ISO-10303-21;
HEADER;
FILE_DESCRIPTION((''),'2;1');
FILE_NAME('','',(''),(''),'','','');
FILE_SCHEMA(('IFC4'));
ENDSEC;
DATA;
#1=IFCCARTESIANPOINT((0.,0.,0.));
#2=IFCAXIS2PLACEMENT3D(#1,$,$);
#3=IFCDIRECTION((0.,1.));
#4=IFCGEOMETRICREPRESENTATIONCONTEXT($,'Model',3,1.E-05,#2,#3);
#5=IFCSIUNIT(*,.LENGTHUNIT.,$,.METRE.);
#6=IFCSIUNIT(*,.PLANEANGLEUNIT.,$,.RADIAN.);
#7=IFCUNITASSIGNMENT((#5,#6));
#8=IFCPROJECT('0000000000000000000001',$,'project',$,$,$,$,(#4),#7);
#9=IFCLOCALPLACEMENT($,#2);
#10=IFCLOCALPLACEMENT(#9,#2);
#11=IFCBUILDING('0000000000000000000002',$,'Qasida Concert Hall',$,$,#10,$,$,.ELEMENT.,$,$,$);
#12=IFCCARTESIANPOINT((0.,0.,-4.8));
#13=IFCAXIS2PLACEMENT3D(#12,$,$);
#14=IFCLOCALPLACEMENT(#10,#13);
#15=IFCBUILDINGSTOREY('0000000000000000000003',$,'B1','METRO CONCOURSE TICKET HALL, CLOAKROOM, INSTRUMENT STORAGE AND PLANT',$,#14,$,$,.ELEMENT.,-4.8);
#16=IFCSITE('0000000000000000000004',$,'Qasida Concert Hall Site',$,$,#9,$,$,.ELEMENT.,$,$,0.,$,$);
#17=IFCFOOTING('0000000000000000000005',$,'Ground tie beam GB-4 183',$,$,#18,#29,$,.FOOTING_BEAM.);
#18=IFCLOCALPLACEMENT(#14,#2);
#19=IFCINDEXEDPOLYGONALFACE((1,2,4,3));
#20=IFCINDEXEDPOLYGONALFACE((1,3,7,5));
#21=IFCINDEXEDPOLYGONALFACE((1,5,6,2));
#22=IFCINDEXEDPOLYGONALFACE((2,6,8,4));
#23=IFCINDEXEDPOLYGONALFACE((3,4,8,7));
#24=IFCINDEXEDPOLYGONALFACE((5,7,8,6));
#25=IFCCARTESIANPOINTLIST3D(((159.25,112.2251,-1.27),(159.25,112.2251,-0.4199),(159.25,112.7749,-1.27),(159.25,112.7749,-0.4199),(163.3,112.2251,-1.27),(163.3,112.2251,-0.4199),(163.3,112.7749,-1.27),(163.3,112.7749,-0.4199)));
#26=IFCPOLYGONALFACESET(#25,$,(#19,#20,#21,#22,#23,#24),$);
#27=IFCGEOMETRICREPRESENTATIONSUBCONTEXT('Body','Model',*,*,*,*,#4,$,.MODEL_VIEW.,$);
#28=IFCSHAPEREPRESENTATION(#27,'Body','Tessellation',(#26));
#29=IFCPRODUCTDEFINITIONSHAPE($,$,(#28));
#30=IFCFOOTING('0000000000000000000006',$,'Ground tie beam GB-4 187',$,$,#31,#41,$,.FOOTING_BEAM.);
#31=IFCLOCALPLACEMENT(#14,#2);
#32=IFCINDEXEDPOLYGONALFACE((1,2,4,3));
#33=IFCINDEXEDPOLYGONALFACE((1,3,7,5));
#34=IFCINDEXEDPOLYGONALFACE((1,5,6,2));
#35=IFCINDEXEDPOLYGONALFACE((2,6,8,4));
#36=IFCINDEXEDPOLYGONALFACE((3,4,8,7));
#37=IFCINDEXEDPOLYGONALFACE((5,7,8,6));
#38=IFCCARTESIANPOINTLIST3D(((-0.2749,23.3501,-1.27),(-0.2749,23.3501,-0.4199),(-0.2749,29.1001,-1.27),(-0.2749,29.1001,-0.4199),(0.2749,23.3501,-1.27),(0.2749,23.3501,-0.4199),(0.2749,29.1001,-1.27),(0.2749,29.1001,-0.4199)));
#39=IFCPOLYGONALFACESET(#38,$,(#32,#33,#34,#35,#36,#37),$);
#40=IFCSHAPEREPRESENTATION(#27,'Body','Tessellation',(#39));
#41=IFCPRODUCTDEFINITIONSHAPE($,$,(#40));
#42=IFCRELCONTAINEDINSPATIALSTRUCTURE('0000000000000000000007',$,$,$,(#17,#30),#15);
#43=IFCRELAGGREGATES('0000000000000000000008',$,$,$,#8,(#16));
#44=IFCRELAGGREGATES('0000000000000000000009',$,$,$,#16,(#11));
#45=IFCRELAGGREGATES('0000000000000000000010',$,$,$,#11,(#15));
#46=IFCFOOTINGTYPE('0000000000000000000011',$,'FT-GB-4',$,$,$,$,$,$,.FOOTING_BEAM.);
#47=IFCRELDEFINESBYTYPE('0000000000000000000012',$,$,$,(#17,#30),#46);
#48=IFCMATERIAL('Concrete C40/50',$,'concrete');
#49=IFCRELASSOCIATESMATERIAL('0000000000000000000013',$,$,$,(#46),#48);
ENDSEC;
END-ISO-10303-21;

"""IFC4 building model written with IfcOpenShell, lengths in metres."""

from ifc_helpers import new_model, si_unit, direction, frame, origin, place, context, subcontext, project, spatial, polyline, outline, extrude, material, type_object, element, save


model = new_model("IFC4")

# Units and contexts
model_context = context("Model", 3, precision=1e-05, world=origin(), true_north=direction((0.0, 1.0)))
body_context = subcontext(model_context, "Body", "Model", "MODEL_VIEW")
ifc_project = project(units=[si_unit("LENGTHUNIT", "METRE"), si_unit("PLANEANGLEUNIT", "RADIAN")], contexts=[model_context])

# Site, building, storey
site_placement = place(None, origin())
site = spatial("IfcSite", under=ifc_project, at=site_placement, Name="Qasida Concert Hall Site", CompositionType="ELEMENT", RefElevation=0.0)
building_placement = place(site_placement, origin())
building = spatial("IfcBuilding", under=site, at=building_placement, Name="Qasida Concert Hall", CompositionType="ELEMENT")
storey_placement = place(building_placement, frame((0.0, 0.0, -4.8)))
storey = spatial("IfcBuildingStorey", under=building, at=storey_placement, Name="B1", Description="METRO CONCOURSE TICKET HALL, CLOAKROOM, INSTRUMENT STORAGE AND PLANT", CompositionType="ELEMENT", Elevation=-4.8)

# Footings
ifc_material = material(Name="Concrete C40/50", Category="concrete")
footing_type_1 = type_object("IfcFootingType", Name="FT-GB-4", PredefinedType="FOOTING_BEAM", material=ifc_material)
footing_1_placement = place(storey_placement, frame((0.0, 0.0, -1.27)))
element("IfcFooting", 1, at=footing_1_placement, inside=storey, type_object=footing_type_1, Name="Ground tie beam GB-4 183", PredefinedType="FOOTING_BEAM", context=body_context, shape_type="SweptSolid", body=[
    extrude(outline(polyline([(159.25, 112.2251), (163.3, 112.2251), (163.3, 112.7749), (159.25, 112.7749), (159.25, 112.2251)])), origin(), (0.0, 0.0, 1.0), 0.8501),
])
footing_2_placement = place(storey_placement, frame((0.0, 0.0, -1.27)))
element("IfcFooting", 2, at=footing_2_placement, inside=storey, type_object=footing_type_1, Name="Ground tie beam GB-4 187", PredefinedType="FOOTING_BEAM", context=body_context, shape_type="SweptSolid", body=[
    extrude(outline(polyline([(-0.2749, 23.3501), (0.2749, 23.3501), (0.2749, 29.1001), (-0.2749, 29.1001), (-0.2749, 23.3501)])), origin(), (0.0, 0.0, 1.0), 0.8501),
])

save(model, "model.ifc")
